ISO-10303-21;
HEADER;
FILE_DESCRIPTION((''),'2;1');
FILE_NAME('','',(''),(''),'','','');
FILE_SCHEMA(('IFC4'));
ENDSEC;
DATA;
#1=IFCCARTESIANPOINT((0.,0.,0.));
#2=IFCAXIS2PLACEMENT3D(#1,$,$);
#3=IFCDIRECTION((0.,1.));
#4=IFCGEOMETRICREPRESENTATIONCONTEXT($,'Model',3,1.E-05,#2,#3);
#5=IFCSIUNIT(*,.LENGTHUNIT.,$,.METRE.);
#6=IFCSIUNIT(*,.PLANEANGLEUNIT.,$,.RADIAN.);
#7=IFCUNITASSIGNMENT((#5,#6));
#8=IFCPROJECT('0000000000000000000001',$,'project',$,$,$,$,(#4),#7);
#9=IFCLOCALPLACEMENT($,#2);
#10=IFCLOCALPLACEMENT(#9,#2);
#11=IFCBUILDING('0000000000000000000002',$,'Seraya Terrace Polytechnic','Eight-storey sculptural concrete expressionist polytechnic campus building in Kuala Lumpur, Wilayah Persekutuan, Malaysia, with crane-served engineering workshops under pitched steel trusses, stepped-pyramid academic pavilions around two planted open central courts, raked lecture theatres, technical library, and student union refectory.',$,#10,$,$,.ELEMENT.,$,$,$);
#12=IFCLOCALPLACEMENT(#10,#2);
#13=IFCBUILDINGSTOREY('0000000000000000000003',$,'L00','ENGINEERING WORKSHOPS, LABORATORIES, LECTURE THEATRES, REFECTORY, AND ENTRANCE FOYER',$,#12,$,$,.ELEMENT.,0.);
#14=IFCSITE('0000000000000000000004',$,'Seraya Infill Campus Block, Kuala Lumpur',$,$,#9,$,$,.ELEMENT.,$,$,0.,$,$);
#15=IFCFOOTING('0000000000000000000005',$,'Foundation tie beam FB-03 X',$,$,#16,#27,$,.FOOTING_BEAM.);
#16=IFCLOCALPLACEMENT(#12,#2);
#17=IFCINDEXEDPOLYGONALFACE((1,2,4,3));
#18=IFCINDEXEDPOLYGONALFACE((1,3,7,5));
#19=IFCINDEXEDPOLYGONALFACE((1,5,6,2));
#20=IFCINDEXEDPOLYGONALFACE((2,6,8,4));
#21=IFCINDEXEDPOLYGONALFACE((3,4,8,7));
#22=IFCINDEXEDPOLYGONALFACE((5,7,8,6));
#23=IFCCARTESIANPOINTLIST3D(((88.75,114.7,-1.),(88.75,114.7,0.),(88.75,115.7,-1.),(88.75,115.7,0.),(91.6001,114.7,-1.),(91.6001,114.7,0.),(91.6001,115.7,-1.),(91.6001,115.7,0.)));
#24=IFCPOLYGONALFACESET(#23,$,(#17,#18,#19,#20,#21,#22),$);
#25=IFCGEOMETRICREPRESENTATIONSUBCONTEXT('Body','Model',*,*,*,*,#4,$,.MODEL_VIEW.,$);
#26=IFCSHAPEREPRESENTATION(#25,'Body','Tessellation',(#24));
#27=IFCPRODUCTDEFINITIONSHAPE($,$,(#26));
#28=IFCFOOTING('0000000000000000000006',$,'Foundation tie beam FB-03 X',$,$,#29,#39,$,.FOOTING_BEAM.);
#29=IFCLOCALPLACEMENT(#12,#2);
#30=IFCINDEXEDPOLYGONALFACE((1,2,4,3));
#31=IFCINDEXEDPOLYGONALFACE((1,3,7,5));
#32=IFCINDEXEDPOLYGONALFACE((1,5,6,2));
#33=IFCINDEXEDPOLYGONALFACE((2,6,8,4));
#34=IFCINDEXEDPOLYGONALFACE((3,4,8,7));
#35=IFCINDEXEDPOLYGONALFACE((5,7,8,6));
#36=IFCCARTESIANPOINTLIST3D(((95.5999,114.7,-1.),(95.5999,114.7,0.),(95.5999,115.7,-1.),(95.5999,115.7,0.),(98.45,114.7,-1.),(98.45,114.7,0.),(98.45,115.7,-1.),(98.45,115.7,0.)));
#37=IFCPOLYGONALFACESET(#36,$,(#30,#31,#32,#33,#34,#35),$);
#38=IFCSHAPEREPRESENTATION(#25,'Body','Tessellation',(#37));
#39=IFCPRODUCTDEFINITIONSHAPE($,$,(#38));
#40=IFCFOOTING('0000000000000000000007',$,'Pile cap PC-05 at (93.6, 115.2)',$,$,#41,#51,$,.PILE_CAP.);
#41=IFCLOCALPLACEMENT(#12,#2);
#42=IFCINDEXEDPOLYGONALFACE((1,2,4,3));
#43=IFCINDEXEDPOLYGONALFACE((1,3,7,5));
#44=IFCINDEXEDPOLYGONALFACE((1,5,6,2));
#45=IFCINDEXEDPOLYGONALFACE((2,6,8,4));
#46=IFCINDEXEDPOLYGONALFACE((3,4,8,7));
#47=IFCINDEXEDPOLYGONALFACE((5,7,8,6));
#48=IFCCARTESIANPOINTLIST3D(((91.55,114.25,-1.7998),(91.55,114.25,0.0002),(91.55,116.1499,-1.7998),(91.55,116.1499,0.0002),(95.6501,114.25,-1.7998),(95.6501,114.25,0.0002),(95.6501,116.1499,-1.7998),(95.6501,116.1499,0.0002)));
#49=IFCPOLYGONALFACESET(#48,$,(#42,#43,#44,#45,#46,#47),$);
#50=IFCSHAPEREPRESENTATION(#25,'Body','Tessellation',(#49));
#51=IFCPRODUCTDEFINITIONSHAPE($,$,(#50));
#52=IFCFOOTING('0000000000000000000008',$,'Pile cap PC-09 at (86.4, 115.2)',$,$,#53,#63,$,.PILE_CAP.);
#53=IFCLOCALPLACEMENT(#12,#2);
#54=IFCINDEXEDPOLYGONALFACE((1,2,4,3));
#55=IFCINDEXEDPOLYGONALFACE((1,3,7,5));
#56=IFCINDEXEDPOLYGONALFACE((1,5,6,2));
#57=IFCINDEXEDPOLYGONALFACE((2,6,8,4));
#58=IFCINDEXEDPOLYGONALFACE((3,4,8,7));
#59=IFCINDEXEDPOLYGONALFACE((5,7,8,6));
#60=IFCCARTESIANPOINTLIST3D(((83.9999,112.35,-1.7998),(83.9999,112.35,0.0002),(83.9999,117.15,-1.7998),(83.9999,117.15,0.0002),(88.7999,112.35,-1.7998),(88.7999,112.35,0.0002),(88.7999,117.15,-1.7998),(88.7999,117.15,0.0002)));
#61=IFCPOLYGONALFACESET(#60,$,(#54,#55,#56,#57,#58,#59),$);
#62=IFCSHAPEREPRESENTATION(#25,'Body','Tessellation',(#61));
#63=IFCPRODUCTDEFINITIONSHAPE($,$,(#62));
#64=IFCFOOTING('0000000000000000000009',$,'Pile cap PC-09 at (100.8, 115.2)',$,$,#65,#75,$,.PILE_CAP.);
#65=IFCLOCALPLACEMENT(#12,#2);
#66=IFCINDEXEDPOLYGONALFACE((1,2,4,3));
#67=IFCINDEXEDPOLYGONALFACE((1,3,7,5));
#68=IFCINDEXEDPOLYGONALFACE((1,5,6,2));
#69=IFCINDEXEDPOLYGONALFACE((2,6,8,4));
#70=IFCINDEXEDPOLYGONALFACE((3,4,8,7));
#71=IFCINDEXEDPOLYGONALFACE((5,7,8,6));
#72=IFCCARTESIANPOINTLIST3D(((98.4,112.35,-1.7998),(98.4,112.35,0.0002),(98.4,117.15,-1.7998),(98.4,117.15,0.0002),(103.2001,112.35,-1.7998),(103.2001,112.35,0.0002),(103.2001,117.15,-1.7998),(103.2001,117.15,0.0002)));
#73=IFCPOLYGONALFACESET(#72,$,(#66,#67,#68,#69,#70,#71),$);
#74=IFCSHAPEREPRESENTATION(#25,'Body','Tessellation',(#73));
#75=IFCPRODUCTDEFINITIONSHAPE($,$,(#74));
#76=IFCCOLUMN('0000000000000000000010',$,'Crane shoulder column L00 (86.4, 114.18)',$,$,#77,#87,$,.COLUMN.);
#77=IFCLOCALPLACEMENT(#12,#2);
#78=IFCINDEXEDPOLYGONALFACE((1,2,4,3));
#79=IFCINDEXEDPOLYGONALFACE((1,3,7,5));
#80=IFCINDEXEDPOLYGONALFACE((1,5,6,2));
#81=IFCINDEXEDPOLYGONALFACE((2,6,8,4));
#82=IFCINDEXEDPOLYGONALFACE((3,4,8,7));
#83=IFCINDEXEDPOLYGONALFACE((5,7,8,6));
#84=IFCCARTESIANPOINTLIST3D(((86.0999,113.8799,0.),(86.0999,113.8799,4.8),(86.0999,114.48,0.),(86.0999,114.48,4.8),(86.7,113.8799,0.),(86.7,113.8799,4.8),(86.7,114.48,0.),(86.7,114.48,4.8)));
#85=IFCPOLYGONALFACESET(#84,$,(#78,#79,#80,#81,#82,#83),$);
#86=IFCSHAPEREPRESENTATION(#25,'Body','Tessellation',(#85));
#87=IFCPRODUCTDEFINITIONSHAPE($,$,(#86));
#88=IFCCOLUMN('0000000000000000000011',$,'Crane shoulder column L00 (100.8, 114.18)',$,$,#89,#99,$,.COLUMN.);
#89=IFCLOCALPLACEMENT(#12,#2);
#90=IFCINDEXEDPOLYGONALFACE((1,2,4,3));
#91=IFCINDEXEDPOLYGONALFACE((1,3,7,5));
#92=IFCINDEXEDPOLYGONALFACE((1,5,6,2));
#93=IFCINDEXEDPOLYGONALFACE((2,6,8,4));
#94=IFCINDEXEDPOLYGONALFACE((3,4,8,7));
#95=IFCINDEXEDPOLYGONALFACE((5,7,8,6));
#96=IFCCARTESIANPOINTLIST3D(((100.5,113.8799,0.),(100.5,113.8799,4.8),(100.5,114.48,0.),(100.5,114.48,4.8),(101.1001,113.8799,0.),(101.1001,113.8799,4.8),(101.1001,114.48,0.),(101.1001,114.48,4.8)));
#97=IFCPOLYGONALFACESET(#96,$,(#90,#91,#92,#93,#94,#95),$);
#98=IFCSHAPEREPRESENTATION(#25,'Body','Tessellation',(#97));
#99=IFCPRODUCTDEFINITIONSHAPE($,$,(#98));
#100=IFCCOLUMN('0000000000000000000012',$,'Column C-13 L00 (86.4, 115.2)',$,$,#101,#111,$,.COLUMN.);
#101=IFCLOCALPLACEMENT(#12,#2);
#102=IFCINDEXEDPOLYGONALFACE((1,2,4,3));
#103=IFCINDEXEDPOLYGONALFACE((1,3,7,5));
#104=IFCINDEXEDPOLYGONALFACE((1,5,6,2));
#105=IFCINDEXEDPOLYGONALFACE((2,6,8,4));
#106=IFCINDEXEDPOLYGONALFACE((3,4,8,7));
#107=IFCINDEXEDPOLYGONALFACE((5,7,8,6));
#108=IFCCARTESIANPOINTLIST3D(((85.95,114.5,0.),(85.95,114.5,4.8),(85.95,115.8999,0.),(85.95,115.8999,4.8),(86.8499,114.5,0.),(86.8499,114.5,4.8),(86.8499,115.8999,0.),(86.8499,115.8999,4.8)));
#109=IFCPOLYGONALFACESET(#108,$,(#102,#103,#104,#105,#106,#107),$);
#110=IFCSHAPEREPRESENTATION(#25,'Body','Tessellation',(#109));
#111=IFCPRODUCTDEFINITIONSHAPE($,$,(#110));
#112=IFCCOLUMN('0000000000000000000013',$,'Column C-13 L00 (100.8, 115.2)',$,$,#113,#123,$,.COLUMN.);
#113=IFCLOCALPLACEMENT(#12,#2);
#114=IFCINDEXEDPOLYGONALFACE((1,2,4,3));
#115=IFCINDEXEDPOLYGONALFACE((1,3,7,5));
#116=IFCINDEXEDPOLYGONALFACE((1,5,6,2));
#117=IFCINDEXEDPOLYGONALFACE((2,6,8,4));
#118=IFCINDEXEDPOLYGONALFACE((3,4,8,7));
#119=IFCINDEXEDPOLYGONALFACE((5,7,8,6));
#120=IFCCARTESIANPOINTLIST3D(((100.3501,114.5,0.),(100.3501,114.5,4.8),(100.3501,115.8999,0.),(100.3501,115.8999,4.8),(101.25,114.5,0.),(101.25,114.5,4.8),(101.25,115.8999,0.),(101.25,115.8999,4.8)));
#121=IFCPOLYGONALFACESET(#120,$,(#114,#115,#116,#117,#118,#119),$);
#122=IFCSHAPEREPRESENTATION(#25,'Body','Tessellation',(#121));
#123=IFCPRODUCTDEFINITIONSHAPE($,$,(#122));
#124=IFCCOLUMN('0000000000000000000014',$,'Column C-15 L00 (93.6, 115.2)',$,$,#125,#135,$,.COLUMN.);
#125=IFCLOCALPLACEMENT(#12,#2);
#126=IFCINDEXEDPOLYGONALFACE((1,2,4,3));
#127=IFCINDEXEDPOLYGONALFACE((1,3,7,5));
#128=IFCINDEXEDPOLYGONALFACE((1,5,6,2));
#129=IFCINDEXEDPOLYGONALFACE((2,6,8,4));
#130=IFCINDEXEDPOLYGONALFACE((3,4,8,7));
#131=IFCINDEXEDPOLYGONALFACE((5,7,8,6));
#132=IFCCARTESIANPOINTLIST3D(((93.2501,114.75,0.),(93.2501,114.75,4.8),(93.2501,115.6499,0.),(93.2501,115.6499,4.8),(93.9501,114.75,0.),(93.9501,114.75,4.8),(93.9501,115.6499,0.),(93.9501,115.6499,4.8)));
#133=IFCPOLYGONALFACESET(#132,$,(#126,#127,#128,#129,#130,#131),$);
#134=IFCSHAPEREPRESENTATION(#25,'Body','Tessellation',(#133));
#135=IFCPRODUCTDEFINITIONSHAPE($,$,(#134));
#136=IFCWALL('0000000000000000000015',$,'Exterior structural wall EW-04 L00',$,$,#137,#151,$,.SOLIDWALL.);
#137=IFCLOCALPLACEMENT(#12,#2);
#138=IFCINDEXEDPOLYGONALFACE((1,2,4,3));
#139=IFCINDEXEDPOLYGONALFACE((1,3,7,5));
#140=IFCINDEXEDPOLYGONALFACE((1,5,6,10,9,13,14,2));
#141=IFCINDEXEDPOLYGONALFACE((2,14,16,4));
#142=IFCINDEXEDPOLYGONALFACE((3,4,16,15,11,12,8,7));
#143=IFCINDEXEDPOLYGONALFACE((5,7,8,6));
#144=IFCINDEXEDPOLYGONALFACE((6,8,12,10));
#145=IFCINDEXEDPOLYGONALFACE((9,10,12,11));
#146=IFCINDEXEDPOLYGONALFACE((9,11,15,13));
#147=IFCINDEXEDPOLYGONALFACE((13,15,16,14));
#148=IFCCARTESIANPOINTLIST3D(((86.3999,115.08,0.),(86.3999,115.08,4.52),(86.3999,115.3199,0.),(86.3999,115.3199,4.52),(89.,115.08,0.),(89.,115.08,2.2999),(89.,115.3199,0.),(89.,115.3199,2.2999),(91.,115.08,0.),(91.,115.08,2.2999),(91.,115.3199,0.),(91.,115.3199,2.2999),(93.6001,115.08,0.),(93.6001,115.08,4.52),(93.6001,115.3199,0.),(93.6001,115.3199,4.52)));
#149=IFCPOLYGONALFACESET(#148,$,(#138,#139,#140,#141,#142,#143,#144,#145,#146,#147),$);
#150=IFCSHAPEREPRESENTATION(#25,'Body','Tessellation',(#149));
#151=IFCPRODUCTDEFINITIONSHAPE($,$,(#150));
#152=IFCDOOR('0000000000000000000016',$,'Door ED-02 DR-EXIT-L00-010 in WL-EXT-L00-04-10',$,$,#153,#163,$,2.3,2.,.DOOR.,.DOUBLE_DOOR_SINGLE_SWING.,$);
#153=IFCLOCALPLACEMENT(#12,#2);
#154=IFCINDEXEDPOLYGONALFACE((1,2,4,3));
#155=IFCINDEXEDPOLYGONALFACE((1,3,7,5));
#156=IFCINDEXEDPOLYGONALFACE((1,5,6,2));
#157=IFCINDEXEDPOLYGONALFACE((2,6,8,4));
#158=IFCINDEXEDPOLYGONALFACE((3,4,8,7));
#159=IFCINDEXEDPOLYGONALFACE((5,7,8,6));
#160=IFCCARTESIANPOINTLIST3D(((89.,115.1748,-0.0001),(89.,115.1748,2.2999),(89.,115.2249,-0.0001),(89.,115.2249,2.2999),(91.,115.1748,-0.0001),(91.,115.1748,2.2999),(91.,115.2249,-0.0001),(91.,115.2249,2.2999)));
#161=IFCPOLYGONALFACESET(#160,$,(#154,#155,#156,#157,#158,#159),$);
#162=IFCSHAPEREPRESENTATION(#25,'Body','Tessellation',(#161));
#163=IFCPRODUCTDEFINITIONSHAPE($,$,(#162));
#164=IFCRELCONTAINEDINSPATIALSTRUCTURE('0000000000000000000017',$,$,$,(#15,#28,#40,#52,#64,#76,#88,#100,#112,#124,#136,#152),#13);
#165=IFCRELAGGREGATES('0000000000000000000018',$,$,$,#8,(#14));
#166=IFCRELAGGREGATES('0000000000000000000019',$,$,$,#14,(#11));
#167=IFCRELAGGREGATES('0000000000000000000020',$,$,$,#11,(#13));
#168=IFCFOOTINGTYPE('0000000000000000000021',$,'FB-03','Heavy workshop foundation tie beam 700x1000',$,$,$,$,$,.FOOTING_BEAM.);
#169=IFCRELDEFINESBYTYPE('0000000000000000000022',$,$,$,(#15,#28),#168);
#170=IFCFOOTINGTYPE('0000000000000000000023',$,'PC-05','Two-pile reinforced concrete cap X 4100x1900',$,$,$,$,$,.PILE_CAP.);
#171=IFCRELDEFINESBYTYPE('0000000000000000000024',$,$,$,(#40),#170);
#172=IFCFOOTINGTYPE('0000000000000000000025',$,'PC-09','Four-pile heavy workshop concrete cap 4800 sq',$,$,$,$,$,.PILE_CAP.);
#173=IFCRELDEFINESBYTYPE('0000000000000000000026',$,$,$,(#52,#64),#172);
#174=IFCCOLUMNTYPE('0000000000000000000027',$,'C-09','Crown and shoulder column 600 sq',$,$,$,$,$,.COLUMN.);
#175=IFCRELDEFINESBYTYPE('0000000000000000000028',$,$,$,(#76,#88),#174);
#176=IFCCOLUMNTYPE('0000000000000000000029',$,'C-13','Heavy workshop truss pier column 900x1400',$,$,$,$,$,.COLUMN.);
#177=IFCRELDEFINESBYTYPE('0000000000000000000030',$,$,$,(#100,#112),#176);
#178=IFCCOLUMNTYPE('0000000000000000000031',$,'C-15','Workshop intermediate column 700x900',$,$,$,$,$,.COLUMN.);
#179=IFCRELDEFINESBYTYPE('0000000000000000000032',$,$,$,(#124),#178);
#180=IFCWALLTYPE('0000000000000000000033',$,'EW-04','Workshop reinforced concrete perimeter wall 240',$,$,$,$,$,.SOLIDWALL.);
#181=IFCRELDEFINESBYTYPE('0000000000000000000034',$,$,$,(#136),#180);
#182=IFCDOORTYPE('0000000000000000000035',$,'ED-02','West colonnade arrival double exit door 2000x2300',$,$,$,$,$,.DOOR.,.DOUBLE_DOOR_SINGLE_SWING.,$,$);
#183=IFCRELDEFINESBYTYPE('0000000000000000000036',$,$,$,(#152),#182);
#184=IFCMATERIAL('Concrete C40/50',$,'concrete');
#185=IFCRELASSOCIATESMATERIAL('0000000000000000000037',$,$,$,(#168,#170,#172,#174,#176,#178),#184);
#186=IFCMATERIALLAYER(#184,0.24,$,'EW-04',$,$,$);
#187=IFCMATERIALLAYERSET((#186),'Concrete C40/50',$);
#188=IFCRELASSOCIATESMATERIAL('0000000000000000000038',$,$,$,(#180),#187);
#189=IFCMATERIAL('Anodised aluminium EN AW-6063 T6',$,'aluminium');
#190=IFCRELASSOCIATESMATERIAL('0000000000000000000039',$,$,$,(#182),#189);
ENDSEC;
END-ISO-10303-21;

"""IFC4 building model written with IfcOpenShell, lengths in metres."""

from ifc_helpers import new_model, si_unit, direction, frame, frame_2d, origin, origin_2d, place, context, subcontext, project, spatial, rectangle, extrude, material, layer, layer_set, material_profile, profile_set, type_object, element, fill, save


model = new_model("IFC4")

# Units and contexts
model_context = context("Model", 3, precision=1e-05, world=origin(), true_north=direction((0.0, 1.0)))
body_context = subcontext(model_context, "Body", "Model", "MODEL_VIEW")
ifc_project = project(units=[si_unit("LENGTHUNIT", "METRE"), si_unit("PLANEANGLEUNIT", "RADIAN")], contexts=[model_context])

# Site, building, storey
site_placement = place(None, origin())
site = spatial("IfcSite", under=ifc_project, at=site_placement, Name="Seraya Infill Campus Block, Kuala Lumpur", CompositionType="ELEMENT", RefElevation=0.0)
building_placement = place(site_placement, origin())
building = spatial("IfcBuilding", under=site, at=building_placement, Name="Seraya Terrace Polytechnic", Description="Eight-storey sculptural concrete expressionist polytechnic campus building in Kuala Lumpur, Wilayah Persekutuan, Malaysia, with crane-served engineering workshops under pitched steel trusses, stepped-pyramid academic pavilions around two planted open central courts, raked lecture theatres, technical library, and student union refectory.", CompositionType="ELEMENT")
storey_placement = place(building_placement, origin())
storey = spatial("IfcBuildingStorey", under=building, at=storey_placement, Name="L00", Description="ENGINEERING WORKSHOPS, LABORATORIES, LECTURE THEATRES, REFECTORY, AND ENTRANCE FOYER", CompositionType="ELEMENT", Elevation=0.0)

# Shared definitions
ifc_material_1 = material(Name="Concrete C40/50", Category="concrete")

# Footings
footing_type_1 = type_object("IfcFootingType", Name="FB-03", Description="Heavy workshop foundation tie beam 700x1000", PredefinedType="FOOTING_BEAM", material=ifc_material_1)
for number, where, z_axis, x_axis, name in (
    (1, (90.175, 115.2, -1.0), (0.0, 0.0, 1.0), (1.0, 0.0, 0.0), "Foundation tie beam FB-03 X"),
    (2, (97.0249, 115.2, -1.0), (0.0, 0.0, 1.0), (1.0, 0.0, 0.0), "Foundation tie beam FB-03 X"),
):
    element("IfcFooting", number, at=place(storey_placement, frame(where, z_axis=z_axis, x_axis=x_axis)), inside=storey, type_object=footing_type_1, Name=name, PredefinedType="FOOTING_BEAM", context=body_context, shape_type="SweptSolid", body=[
        extrude(rectangle(XDim=2.8501, YDim=1.0, at=origin_2d()), origin(), (0.0, 0.0, 1.0), 1.0),
    ])
footing_type_2 = type_object("IfcFootingType", Name="PC-05", Description="Two-pile reinforced concrete cap X 4100x1900", PredefinedType="PILE_CAP", material=ifc_material_1)
footing_placement = place(storey_placement, frame((93.6001, 115.2, -1.7998), z_axis=(0.0, 0.0, 1.0), x_axis=(1.0, 0.0, 0.0)))
element("IfcFooting", 3, at=footing_placement, inside=storey, type_object=footing_type_2, Name="Pile cap PC-05 at (93.6, 115.2)", PredefinedType="PILE_CAP", context=body_context, shape_type="SweptSolid", body=[
    extrude(rectangle(XDim=4.1001, YDim=1.8999, at=origin_2d()), origin(), (0.0, 0.0, 1.0), 1.8),
])
footing_type_3 = type_object("IfcFootingType", Name="PC-09", Description="Four-pile heavy workshop concrete cap 4800 sq", PredefinedType="PILE_CAP", material=ifc_material_1)
for number, where, z_axis, x_axis, name in (
    (4, (86.3999, 114.75, -1.7998), (0.0, 0.0, 1.0), (1.0, 0.0, 0.0), "Pile cap PC-09 at (86.4, 115.2)"),
    (5, (100.8, 114.75, -1.7998), (0.0, 0.0, 1.0), (1.0, 0.0, 0.0), "Pile cap PC-09 at (100.8, 115.2)"),
):
    element("IfcFooting", number, at=place(storey_placement, frame(where, z_axis=z_axis, x_axis=x_axis)), inside=storey, type_object=footing_type_3, Name=name, PredefinedType="PILE_CAP", context=body_context, shape_type="SweptSolid", body=[
        extrude(rectangle(XDim=4.8, YDim=4.8, at=origin_2d()), origin(), (0.0, 0.0, 1.0), 1.8),
    ])

# Columns
ifc_material_profile_1 = material_profile(ifc_material_1, rectangle(XDim=0.6001, YDim=0.6001, at=origin_2d()), Name="RC 600x600")
ifc_profile_set_1 = profile_set([ifc_material_profile_1], Name="Concrete C40/50")
column_type_1 = type_object("IfcColumnType", Name="C-09", Description="Crown and shoulder column 600 sq", PredefinedType="COLUMN", material=ifc_profile_set_1)
for number, where, z_axis, x_axis, name in (
    (6, (86.3999, 114.1799, 0.0), (0.0, 0.0, 1.0), (1.0, 0.0, 0.0), "Crane shoulder column L00 (86.4, 114.18)"),
    (7, (100.8, 114.1799, 0.0), (0.0, 0.0, 1.0), (1.0, 0.0, 0.0), "Crane shoulder column L00 (100.8, 114.18)"),
):
    element("IfcColumn", number, at=place(storey_placement, frame(where, z_axis=z_axis, x_axis=x_axis)), inside=storey, type_object=column_type_1, Name=name, PredefinedType="COLUMN", context=body_context, shape_type="SweptSolid", body=[
        extrude(rectangle(XDim=0.6001, YDim=0.6001, at=origin_2d()), origin(), (0.0, 0.0, 1.0), 4.8),
    ])
ifc_material_profile_2 = material_profile(ifc_material_1, rectangle(XDim=0.8999, YDim=1.3999, at=origin_2d()), Name="RC 900x1400")
ifc_profile_set_2 = profile_set([ifc_material_profile_2], Name="Concrete C40/50")
column_type_2 = type_object("IfcColumnType", Name="C-13", Description="Heavy workshop truss pier column 900x1400", PredefinedType="COLUMN", material=ifc_profile_set_2)
for number, where, z_axis, x_axis, name in (
    (8, (86.3999, 115.2, 0.0), (0.0, 0.0, 1.0), (1.0, 0.0, 0.0), "Column C-13 L00 (86.4, 115.2)"),
    (9, (100.8, 115.2, 0.0), (0.0, 0.0, 1.0), (1.0, 0.0, 0.0), "Column C-13 L00 (100.8, 115.2)"),
):
    element("IfcColumn", number, at=place(storey_placement, frame(where, z_axis=z_axis, x_axis=x_axis)), inside=storey, type_object=column_type_2, Name=name, PredefinedType="COLUMN", context=body_context, shape_type="SweptSolid", body=[
        extrude(rectangle(XDim=0.8999, YDim=1.3999, at=origin_2d()), origin(), (0.0, 0.0, 1.0), 4.8),
    ])
ifc_material_profile_3 = material_profile(ifc_material_1, rectangle(XDim=0.7, YDim=0.8999, at=origin_2d()), Name="RC 700x900")
ifc_profile_set_3 = profile_set([ifc_material_profile_3], Name="Concrete C40/50")
column_type_3 = type_object("IfcColumnType", Name="C-15", Description="Workshop intermediate column 700x900", PredefinedType="COLUMN", material=ifc_profile_set_3)
column_placement = place(storey_placement, frame((93.6001, 115.2, 0.0), z_axis=(0.0, 0.0, 1.0), x_axis=(1.0, 0.0, 0.0)))
element("IfcColumn", 10, at=column_placement, inside=storey, type_object=column_type_3, Name="Column C-15 L00 (93.6, 115.2)", PredefinedType="COLUMN", context=body_context, shape_type="SweptSolid", body=[
    extrude(rectangle(XDim=0.7, YDim=0.8999, at=origin_2d()), origin(), (0.0, 0.0, 1.0), 4.8),
])

# Wall, opening, door
ifc_layer = layer(ifc_material_1, 0.24, Name="EW-04")
ifc_layer_set = layer_set([ifc_layer], Name="Concrete C40/50")
wall_type = type_object("IfcWallType", Name="EW-04", Description="Workshop reinforced concrete perimeter wall 240", PredefinedType="SOLIDWALL", material=ifc_layer_set)
wall_1_placement = place(storey_placement, frame((86.3999, 115.2, 0.0), z_axis=(0.0, 0.0, 1.0), x_axis=(1.0, 0.0, 0.0)))
wall_1 = element("IfcWall", 11, at=wall_1_placement, inside=storey, type_object=wall_type, Name="Exterior structural wall EW-04 L00", PredefinedType="SOLIDWALL", context=body_context, shape_type="SweptSolid", body=[
    extrude(rectangle(XDim=7.2002, YDim=0.24, at=frame_2d((3.6001, 0.0))), origin(), (0.0, 0.0, 1.0), 4.52),
])
opening_1_placement = place(wall_1_placement, frame((2.6001, 0.0, 0.0)))
opening_1 = element("IfcOpeningElement", 12, at=opening_1_placement, cuts=wall_1, PredefinedType="OPENING", context=body_context, shape_type="SweptSolid", body=[
    extrude(rectangle(XDim=2.0, YDim=2.3, at=frame_2d((1.0, 1.1499))), frame((0.0, 0.1318, 0.0), z_axis=(0.0, -1.0, 0.0), x_axis=(1.0, 0.0, 0.0)), (0.0, 0.0, 1.0), 0.2639),
])
ifc_material_2 = material(Name="Anodised aluminium EN AW-6063 T6", Category="aluminium")
door_type_1 = type_object("IfcDoorType", Name="ED-02", Description="West colonnade arrival double exit door 2000x2300", OperationType="DOUBLE_DOOR_SINGLE_SWING", PredefinedType="DOOR", material=ifc_material_2)
door_1_placement = place(opening_1_placement, origin())
door_1 = element("IfcDoor", 13, at=door_1_placement, inside=storey, type_object=door_type_1, Name="Door ED-02 DR-EXIT-L00-010 in WL-EXT-L00-04-10", OperationType="DOUBLE_DOOR_SINGLE_SWING", OverallHeight=2.3, OverallWidth=2.0, PredefinedType="DOOR", context=body_context, shape_type="SweptSolid", body=[
    extrude(rectangle(XDim=2.0, YDim=2.3, at=frame_2d((1.0, 1.1499))), frame((0.0, 0.0249, 0.0), z_axis=(0.0, -1.0, 0.0), x_axis=(1.0, 0.0, 0.0)), (0.0, 0.0, 1.0), 0.05),
])
fill(opening_1, door_1)

save(model, "model.ifc")
